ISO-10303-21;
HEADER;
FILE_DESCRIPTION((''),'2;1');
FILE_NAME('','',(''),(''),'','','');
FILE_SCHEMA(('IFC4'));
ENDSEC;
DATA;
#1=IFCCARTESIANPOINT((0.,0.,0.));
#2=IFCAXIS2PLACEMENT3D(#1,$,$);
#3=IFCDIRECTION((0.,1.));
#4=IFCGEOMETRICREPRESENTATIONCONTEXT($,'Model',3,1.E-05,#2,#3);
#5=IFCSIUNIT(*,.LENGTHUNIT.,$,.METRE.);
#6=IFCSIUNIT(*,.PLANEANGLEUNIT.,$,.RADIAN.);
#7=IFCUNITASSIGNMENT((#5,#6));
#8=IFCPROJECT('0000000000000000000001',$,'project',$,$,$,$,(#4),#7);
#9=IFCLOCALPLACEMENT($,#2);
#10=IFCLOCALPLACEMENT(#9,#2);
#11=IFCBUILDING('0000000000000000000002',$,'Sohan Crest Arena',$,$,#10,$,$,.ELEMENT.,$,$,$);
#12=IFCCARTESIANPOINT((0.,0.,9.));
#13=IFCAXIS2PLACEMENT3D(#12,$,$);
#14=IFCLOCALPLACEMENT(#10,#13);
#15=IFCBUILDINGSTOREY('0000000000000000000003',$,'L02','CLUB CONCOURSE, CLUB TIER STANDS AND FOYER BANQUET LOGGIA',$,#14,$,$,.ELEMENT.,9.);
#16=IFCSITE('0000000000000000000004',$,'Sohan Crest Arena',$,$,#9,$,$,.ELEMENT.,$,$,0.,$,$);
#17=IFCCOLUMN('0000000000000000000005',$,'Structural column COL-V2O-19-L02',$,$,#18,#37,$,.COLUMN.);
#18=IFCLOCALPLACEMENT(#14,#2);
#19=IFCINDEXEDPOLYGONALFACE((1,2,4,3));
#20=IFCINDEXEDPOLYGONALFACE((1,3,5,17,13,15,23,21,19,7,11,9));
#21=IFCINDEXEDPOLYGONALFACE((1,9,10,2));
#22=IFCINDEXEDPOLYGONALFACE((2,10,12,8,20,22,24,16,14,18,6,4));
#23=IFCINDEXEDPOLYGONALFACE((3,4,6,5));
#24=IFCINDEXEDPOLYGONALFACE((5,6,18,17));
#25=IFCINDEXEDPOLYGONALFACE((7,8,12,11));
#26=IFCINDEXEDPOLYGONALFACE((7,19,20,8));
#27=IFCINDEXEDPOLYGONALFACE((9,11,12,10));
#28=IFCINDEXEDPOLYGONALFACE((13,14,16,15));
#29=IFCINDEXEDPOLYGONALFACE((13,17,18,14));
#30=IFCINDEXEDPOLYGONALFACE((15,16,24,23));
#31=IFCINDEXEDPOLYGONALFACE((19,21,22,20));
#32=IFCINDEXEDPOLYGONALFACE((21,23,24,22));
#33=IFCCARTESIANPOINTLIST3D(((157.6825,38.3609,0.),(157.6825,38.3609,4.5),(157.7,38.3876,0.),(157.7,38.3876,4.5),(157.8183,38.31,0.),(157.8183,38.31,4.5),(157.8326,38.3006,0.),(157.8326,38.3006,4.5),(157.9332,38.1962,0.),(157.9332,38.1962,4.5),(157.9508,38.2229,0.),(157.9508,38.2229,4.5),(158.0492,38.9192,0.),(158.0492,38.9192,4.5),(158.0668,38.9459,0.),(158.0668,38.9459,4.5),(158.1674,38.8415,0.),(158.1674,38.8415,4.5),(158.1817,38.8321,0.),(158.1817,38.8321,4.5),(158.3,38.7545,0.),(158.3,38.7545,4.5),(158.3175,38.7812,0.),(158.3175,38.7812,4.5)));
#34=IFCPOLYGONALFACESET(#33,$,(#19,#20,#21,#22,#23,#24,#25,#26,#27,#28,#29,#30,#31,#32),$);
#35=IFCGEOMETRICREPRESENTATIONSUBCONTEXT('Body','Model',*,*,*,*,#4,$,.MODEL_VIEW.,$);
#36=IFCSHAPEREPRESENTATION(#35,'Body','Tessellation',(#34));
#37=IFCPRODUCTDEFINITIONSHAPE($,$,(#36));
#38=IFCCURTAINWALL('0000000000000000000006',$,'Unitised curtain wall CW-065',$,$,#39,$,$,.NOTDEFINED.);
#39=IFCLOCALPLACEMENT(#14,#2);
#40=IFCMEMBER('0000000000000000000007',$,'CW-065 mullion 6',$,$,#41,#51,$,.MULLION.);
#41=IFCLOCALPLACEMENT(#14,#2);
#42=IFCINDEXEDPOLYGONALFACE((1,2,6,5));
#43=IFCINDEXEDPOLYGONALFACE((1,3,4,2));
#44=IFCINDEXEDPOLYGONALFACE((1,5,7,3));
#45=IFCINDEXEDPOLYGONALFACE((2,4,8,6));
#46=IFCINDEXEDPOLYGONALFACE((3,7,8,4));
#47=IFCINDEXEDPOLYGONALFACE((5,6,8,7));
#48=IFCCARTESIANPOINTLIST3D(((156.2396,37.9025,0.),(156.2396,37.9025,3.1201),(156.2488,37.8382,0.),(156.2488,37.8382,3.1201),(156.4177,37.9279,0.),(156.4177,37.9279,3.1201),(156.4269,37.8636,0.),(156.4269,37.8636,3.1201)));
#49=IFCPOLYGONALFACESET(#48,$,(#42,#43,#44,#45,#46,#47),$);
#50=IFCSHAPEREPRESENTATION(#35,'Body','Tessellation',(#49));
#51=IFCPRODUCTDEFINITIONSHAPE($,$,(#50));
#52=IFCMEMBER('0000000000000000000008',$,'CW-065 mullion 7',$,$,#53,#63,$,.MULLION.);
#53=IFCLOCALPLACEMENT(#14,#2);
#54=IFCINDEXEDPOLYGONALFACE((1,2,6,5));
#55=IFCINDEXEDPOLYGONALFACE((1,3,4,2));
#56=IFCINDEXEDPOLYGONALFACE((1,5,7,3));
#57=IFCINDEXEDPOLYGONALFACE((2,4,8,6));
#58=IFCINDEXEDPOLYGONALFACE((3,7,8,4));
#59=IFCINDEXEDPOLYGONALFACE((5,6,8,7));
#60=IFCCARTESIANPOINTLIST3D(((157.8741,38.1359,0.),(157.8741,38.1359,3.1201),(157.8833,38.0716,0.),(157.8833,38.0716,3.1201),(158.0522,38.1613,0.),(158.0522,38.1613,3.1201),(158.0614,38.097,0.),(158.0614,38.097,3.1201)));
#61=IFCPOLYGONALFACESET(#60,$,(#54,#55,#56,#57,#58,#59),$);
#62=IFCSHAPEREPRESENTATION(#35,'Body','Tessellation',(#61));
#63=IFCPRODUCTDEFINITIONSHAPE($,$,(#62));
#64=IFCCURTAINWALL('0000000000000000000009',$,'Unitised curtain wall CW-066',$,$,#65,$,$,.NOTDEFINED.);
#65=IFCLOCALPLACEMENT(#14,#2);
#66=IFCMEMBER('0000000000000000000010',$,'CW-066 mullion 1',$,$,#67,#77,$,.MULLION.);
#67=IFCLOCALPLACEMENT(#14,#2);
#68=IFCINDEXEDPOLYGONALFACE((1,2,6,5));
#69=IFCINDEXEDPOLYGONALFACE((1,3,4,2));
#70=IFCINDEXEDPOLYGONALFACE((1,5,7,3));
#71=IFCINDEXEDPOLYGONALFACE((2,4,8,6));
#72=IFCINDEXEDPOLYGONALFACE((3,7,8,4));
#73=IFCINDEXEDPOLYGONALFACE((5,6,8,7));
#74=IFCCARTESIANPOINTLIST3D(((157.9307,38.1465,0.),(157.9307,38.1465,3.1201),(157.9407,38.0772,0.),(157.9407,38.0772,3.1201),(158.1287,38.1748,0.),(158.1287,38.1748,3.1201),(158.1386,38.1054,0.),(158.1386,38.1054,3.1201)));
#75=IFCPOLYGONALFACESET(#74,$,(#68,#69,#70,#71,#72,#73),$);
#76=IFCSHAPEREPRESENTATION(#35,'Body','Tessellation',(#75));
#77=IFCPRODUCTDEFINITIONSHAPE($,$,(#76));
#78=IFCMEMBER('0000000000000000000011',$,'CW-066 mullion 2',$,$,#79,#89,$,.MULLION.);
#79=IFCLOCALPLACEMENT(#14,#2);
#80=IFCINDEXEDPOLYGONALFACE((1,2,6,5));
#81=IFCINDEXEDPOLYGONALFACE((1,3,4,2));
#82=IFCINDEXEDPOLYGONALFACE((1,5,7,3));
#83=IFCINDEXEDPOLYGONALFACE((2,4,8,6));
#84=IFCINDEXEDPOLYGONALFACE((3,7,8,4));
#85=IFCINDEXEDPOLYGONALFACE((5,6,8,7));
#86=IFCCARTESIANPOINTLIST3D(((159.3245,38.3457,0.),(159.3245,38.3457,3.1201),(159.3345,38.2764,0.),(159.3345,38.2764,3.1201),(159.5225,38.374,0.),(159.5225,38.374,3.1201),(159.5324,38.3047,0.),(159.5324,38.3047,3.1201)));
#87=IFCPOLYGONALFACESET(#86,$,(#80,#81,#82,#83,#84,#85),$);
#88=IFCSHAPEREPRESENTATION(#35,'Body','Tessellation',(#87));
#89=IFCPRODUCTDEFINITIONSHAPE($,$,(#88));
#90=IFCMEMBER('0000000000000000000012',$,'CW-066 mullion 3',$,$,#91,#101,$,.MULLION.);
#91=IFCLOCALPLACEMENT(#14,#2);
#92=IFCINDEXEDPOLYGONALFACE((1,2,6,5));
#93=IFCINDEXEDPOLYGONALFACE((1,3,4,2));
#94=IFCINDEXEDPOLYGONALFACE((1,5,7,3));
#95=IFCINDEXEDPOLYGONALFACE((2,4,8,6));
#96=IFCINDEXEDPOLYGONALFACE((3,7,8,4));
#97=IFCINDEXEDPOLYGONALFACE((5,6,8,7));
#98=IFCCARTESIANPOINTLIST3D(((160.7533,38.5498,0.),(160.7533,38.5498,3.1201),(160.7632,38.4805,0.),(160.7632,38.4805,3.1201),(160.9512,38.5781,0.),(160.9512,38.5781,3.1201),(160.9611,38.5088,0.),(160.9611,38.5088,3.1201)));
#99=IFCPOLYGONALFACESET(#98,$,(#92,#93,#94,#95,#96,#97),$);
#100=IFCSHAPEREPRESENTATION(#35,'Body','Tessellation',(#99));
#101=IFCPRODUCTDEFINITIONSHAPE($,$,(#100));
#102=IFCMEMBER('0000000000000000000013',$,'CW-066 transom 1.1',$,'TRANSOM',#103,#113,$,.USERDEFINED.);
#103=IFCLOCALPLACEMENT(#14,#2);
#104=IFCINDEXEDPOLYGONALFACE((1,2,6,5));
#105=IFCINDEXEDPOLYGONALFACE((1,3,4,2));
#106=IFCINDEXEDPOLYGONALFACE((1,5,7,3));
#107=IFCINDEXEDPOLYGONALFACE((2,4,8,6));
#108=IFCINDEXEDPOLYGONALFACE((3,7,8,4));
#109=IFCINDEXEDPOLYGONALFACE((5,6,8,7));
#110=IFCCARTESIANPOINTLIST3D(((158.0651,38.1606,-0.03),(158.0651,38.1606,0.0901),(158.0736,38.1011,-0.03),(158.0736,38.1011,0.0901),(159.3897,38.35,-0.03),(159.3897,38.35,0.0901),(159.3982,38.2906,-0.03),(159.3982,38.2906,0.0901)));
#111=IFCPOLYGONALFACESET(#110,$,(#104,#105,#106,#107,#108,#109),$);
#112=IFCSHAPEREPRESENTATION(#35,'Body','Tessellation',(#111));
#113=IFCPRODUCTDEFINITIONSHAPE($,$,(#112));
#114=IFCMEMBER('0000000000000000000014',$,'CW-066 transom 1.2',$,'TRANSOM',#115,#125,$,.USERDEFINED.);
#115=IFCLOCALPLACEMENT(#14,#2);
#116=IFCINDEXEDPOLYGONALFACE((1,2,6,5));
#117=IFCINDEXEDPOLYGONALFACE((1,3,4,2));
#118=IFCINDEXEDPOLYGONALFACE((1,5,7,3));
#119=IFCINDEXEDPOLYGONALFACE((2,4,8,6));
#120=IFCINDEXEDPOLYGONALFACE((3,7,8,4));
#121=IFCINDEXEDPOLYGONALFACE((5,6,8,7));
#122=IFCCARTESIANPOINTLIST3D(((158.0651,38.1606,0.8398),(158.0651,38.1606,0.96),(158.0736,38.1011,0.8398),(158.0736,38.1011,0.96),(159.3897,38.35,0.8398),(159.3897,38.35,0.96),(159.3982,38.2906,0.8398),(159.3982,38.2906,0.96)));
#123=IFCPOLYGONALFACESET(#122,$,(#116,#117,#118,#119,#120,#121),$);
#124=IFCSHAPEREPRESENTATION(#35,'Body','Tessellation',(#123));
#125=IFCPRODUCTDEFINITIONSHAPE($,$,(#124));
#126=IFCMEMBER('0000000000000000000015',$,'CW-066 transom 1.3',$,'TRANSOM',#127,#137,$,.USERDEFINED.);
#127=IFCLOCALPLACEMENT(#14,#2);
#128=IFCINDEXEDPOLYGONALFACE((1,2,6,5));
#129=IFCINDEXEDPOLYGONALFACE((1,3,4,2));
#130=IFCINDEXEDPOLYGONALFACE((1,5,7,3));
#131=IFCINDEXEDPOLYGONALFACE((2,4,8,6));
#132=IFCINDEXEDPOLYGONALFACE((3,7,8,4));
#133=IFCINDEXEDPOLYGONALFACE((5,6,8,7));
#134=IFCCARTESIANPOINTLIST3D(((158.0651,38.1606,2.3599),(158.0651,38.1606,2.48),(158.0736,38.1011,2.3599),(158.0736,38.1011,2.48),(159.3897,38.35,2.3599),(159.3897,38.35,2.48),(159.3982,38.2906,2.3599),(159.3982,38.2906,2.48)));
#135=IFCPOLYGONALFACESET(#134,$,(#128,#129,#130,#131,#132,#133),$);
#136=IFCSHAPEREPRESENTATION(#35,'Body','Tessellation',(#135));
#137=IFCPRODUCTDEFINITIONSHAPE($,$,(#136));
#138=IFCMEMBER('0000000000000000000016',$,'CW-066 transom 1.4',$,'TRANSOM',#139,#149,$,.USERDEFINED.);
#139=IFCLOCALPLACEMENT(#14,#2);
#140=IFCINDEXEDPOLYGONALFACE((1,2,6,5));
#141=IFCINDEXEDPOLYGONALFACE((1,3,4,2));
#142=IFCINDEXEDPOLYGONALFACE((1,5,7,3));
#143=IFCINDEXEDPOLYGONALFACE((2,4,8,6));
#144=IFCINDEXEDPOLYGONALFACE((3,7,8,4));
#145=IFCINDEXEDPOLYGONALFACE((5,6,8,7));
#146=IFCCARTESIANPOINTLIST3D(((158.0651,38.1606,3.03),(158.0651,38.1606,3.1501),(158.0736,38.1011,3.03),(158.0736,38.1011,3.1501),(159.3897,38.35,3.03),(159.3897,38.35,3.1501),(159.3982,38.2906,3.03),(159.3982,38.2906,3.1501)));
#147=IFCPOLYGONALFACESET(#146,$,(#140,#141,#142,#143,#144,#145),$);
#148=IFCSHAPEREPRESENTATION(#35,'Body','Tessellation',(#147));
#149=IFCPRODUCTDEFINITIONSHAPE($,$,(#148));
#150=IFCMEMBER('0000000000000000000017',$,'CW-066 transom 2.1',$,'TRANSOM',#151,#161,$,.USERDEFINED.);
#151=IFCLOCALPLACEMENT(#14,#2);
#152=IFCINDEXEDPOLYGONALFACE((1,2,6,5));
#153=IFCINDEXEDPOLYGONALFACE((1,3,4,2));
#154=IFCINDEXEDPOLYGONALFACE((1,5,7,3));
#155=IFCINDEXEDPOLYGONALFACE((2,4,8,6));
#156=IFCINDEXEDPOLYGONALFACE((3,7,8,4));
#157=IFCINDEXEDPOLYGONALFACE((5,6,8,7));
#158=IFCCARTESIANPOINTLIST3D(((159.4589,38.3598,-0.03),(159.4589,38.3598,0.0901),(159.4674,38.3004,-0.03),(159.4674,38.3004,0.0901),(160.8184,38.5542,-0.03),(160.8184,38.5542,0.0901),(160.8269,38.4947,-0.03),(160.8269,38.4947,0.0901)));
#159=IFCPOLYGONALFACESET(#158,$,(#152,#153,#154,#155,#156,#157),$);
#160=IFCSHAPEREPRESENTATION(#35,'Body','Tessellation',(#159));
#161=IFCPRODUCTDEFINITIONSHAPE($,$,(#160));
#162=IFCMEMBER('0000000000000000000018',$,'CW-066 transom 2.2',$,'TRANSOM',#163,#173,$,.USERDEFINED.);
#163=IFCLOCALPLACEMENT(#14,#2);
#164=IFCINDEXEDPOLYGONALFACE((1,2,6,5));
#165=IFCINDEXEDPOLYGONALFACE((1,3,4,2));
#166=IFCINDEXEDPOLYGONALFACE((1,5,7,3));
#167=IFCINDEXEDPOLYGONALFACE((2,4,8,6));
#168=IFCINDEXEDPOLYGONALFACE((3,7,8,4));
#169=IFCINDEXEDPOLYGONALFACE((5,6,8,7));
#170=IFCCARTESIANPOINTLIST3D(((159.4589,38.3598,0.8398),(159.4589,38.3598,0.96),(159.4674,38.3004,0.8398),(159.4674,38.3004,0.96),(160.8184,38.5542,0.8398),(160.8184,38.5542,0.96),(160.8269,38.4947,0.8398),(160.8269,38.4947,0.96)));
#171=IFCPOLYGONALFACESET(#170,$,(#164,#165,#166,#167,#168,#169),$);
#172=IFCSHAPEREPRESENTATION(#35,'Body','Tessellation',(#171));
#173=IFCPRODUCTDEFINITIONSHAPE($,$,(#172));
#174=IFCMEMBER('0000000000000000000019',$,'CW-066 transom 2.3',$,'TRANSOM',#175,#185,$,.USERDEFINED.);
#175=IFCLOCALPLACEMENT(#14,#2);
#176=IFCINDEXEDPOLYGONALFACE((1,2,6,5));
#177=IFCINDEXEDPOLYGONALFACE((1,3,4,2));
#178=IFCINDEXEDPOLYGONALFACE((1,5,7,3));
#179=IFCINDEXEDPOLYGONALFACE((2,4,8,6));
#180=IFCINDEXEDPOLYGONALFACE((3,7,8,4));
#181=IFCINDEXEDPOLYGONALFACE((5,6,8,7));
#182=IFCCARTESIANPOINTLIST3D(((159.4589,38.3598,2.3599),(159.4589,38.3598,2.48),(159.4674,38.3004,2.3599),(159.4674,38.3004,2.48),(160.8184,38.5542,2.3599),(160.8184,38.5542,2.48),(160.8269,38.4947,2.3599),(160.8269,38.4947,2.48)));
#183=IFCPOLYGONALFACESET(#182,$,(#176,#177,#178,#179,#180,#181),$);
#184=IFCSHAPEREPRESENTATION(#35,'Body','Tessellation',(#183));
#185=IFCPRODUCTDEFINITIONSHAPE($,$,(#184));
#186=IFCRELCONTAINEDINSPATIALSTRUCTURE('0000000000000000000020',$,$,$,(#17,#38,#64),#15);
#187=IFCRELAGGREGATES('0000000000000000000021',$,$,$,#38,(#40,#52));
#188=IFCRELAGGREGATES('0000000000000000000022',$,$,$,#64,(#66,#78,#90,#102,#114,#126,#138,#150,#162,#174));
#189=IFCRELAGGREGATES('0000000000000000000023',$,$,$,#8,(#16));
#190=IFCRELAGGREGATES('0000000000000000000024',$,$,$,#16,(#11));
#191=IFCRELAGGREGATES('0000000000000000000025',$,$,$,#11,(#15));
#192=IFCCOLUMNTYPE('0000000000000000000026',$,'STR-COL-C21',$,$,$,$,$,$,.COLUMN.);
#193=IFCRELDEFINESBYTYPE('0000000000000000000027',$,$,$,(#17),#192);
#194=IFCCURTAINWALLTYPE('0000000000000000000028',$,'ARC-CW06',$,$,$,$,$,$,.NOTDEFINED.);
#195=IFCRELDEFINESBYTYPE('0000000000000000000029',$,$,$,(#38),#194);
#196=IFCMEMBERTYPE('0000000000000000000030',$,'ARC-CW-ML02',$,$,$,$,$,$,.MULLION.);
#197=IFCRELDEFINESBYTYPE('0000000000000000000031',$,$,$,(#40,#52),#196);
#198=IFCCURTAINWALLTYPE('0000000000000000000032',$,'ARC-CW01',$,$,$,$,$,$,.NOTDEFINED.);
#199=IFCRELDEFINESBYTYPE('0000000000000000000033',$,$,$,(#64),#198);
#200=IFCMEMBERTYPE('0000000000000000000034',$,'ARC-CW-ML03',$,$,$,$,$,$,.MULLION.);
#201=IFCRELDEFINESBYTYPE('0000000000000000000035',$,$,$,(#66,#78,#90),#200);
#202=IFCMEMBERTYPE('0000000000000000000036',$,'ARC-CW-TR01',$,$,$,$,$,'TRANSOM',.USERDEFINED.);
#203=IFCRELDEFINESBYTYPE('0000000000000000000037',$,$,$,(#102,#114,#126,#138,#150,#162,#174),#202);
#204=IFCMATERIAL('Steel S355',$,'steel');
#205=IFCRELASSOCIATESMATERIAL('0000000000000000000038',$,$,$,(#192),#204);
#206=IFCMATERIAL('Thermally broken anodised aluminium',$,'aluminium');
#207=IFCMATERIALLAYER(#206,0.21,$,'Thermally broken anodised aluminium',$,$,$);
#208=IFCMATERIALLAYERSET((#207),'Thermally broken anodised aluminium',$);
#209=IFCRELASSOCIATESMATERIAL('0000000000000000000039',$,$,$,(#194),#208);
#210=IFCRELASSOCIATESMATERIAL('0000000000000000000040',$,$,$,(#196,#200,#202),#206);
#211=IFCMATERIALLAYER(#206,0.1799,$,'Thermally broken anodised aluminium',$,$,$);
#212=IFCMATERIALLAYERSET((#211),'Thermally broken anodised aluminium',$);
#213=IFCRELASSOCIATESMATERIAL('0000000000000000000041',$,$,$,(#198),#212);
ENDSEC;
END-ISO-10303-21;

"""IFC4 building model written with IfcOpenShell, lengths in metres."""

from ifc_helpers import new_model, si_unit, direction, frame, origin, origin_2d, place, context, subcontext, project, spatial, rectangle, i_section, extrude, material, layer, layer_set, material_profile, profile_set, type_object, element, aggregate, save


model = new_model("IFC4")

# Units and contexts
model_context = context("Model", 3, precision=1e-05, world=origin(), true_north=direction((0.0, 1.0)))
body_context = subcontext(model_context, "Body", "Model", "MODEL_VIEW")
ifc_project = project(units=[si_unit("LENGTHUNIT", "METRE"), si_unit("PLANEANGLEUNIT", "RADIAN")], contexts=[model_context])

# Site, building, storey
site_placement = place(None, origin())
site = spatial("IfcSite", under=ifc_project, at=site_placement, Name="Sohan Crest Arena", CompositionType="ELEMENT", RefElevation=0.0)
building_placement = place(site_placement, origin())
building = spatial("IfcBuilding", under=site, at=building_placement, Name="Sohan Crest Arena", CompositionType="ELEMENT")
storey_placement = place(building_placement, frame((0.0, 0.0, 9.0)))
storey = spatial("IfcBuildingStorey", under=building, at=storey_placement, Name="L02", Description="CLUB CONCOURSE, CLUB TIER STANDS AND FOYER BANQUET LOGGIA", CompositionType="ELEMENT", Elevation=9.0)

# Column
ifc_material_1 = material(Name="Steel S355", Category="steel")
ifc_material_profile_1 = material_profile(ifc_material_1, i_section(OverallWidth=0.3, OverallDepth=0.7, WebThickness=0.0171, FlangeThickness=0.032, at=origin_2d()), Name="HEB 700")
ifc_profile_set_1 = profile_set([ifc_material_profile_1], Name="Steel S355")
column_type = type_object("IfcColumnType", Name="STR-COL-C21", PredefinedType="COLUMN", material=ifc_profile_set_1)
column_placement = place(storey_placement, frame((158.0, 38.571, 0.0), z_axis=(0.0, 0.0, 1.0), x_axis=(-0.835807, 0.549023, 0.0)))
element("IfcColumn", 1, at=column_placement, inside=storey, type_object=column_type, Name="Structural column COL-V2O-19-L02", PredefinedType="COLUMN", context=body_context, shape_type="SweptSolid", body=[
    extrude(i_section(OverallWidth=0.3, OverallDepth=0.7, WebThickness=0.0171, FlangeThickness=0.032, at=origin_2d()), origin(), (0.0, 0.0, 1.0), 4.5),
])

# Curtain walls, members
ifc_material_2 = material(Name="Thermally broken anodised aluminium", Category="aluminium")
ifc_layer_1 = layer(ifc_material_2, 0.21, Name="Thermally broken anodised aluminium")
ifc_layer_set_1 = layer_set([ifc_layer_1], Name="Thermally broken anodised aluminium")
curtain_wall_type_1 = type_object("IfcCurtainWallType", Name="ARC-CW06", PredefinedType="NOTDEFINED", material=ifc_layer_set_1)
curtain_wall_1_placement = place(storey_placement, origin())
curtain_wall_1 = element("IfcCurtainWall", 2, at=curtain_wall_1_placement, inside=storey, type_object=curtain_wall_type_1, Name="Unitised curtain wall CW-065", PredefinedType="NOTDEFINED")
ifc_material_profile_2 = material_profile(ifc_material_2, rectangle(XDim=0.0649, YDim=0.1799, at=origin_2d()), Name="ALU-MULL 65x180")
ifc_profile_set_2 = profile_set([ifc_material_profile_2], Name="Thermally broken anodised aluminium")
member_type_1 = type_object("IfcMemberType", Name="ARC-CW-ML02", PredefinedType="MULLION", material=ifc_profile_set_2)
member_1_placement = place(storey_placement, frame((156.3333, 37.8831, 0.0), z_axis=(0.0, 0.0, 1.0), x_axis=(-0.141366, 0.989957, 0.0)))
member_1 = element("IfcMember", 3, at=member_1_placement, type_object=member_type_1, Name="CW-065 mullion 6", PredefinedType="MULLION", context=body_context, shape_type="SweptSolid", body=[
    extrude(rectangle(XDim=0.0649, YDim=0.1799, at=origin_2d()), origin(), (0.0, 0.0, 1.0), 3.1201),
])
member_2_placement = place(storey_placement, frame((157.9678, 38.1165, 0.0), z_axis=(0.0, 0.0, 1.0), x_axis=(-0.141366, 0.989957, 0.0)))
member_2 = element("IfcMember", 4, at=member_2_placement, type_object=member_type_1, Name="CW-065 mullion 7", PredefinedType="MULLION", context=body_context, shape_type="SweptSolid", body=[
    extrude(rectangle(XDim=0.0649, YDim=0.1799, at=origin_2d()), origin(), (0.0, 0.0, 1.0), 3.1201),
])
ifc_layer_2 = layer(ifc_material_2, 0.1799, Name="Thermally broken anodised aluminium")
ifc_layer_set_2 = layer_set([ifc_layer_2], Name="Thermally broken anodised aluminium")
curtain_wall_type_2 = type_object("IfcCurtainWallType", Name="ARC-CW01", PredefinedType="NOTDEFINED", material=ifc_layer_set_2)
curtain_wall_2_placement = place(storey_placement, origin())
curtain_wall_2 = element("IfcCurtainWall", 5, at=curtain_wall_2_placement, inside=storey, type_object=curtain_wall_type_2, Name="Unitised curtain wall CW-066", PredefinedType="NOTDEFINED")
ifc_material_profile_3 = material_profile(ifc_material_2, rectangle(XDim=0.0701, YDim=0.2, at=origin_2d()), Name="ALU-MULL 70x200")
ifc_profile_set_3 = profile_set([ifc_material_profile_3], Name="Thermally broken anodised aluminium")
member_type_2 = type_object("IfcMemberType", Name="ARC-CW-ML03", PredefinedType="MULLION", material=ifc_profile_set_3)
member_3_placement = place(storey_placement, frame((158.0347, 38.126, 0.0), z_axis=(0.0, 0.0, 1.0), x_axis=(-0.141463, 0.989944, 0.0)))
member_3 = element("IfcMember", 6, at=member_3_placement, type_object=member_type_2, Name="CW-066 mullion 1", PredefinedType="MULLION", context=body_context, shape_type="SweptSolid", body=[
    extrude(rectangle(XDim=0.0701, YDim=0.2, at=origin_2d()), origin(), (0.0, 0.0, 1.0), 3.1201),
])
member_4_placement = place(storey_placement, frame((159.4285, 38.3252, 0.0), z_axis=(0.0, 0.0, 1.0), x_axis=(-0.141463, 0.989944, 0.0)))
member_4 = element("IfcMember", 7, at=member_4_placement, type_object=member_type_2, Name="CW-066 mullion 2", PredefinedType="MULLION", context=body_context, shape_type="SweptSolid", body=[
    extrude(rectangle(XDim=0.0701, YDim=0.2, at=origin_2d()), origin(), (0.0, 0.0, 1.0), 3.1201),
])
member_5_placement = place(storey_placement, frame((160.8572, 38.5293, 0.0), z_axis=(0.0, 0.0, 1.0), x_axis=(-0.141463, 0.989944, 0.0)))
member_5 = element("IfcMember", 8, at=member_5_placement, type_object=member_type_2, Name="CW-066 mullion 3", PredefinedType="MULLION", context=body_context, shape_type="SweptSolid", body=[
    extrude(rectangle(XDim=0.0701, YDim=0.2, at=origin_2d()), origin(), (0.0, 0.0, 1.0), 3.1201),
])
ifc_material_profile_4 = material_profile(ifc_material_2, rectangle(XDim=0.0601, YDim=0.1201, at=origin_2d()), Name="ALU-TRAN 60x120")
ifc_profile_set_4 = profile_set([ifc_material_profile_4], Name="Thermally broken anodised aluminium")
member_type_3 = type_object("IfcMemberType", Name="ARC-CW-TR01", ElementType="TRANSOM", PredefinedType="USERDEFINED", material=ifc_profile_set_4)
member_6_placement = place(storey_placement, frame((158.0693, 38.1309, 0.03), z_axis=(0.989928, 0.141575, 0.0), x_axis=(-0.141575, 0.989928, 0.0)))
member_6 = element("IfcMember", 9, at=member_6_placement, type_object=member_type_3, Name="CW-066 transom 1.1", ObjectType="TRANSOM", PredefinedType="USERDEFINED", context=body_context, shape_type="SweptSolid", body=[
    extrude(rectangle(XDim=0.0601, YDim=0.1201, at=origin_2d()), origin(), (0.0, 0.0, 1.0), 1.3381),
])
member_7_placement = place(storey_placement, frame((158.0693, 38.1309, 0.8999), z_axis=(0.989928, 0.141575, 0.0), x_axis=(-0.141575, 0.989928, 0.0)))
member_7 = element("IfcMember", 10, at=member_7_placement, type_object=member_type_3, Name="CW-066 transom 1.2", ObjectType="TRANSOM", PredefinedType="USERDEFINED", context=body_context, shape_type="SweptSolid", body=[
    extrude(rectangle(XDim=0.0601, YDim=0.1201, at=origin_2d()), origin(), (0.0, 0.0, 1.0), 1.3381),
])
member_8_placement = place(storey_placement, frame((158.0693, 38.1309, 2.4199), z_axis=(0.989928, 0.141575, 0.0), x_axis=(-0.141575, 0.989928, 0.0)))
member_8 = element("IfcMember", 11, at=member_8_placement, type_object=member_type_3, Name="CW-066 transom 1.3", ObjectType="TRANSOM", PredefinedType="USERDEFINED", context=body_context, shape_type="SweptSolid", body=[
    extrude(rectangle(XDim=0.0601, YDim=0.1201, at=origin_2d()), origin(), (0.0, 0.0, 1.0), 1.3381),
])
member_9_placement = place(storey_placement, frame((158.0693, 38.1309, 3.0901), z_axis=(0.989928, 0.141575, 0.0), x_axis=(-0.141575, 0.989928, 0.0)))
member_9 = element("IfcMember", 12, at=member_9_placement, type_object=member_type_3, Name="CW-066 transom 1.4", ObjectType="TRANSOM", PredefinedType="USERDEFINED", context=body_context, shape_type="SweptSolid", body=[
    extrude(rectangle(XDim=0.0601, YDim=0.1201, at=origin_2d()), origin(), (0.0, 0.0, 1.0), 1.3381),
])
member_10_placement = place(storey_placement, frame((159.4631, 38.3301, 0.03), z_axis=(0.989935, 0.141521, 0.0), x_axis=(-0.141521, 0.989935, 0.0)))
member_10 = element("IfcMember", 13, at=member_10_placement, type_object=member_type_3, Name="CW-066 transom 2.1", ObjectType="TRANSOM", PredefinedType="USERDEFINED", context=body_context, shape_type="SweptSolid", body=[
    extrude(rectangle(XDim=0.0601, YDim=0.1201, at=origin_2d()), origin(), (0.0, 0.0, 1.0), 1.3733),
])
member_11_placement = place(storey_placement, frame((159.4631, 38.3301, 0.8999), z_axis=(0.989935, 0.141521, 0.0), x_axis=(-0.141521, 0.989935, 0.0)))
member_11 = element("IfcMember", 14, at=member_11_placement, type_object=member_type_3, Name="CW-066 transom 2.2", ObjectType="TRANSOM", PredefinedType="USERDEFINED", context=body_context, shape_type="SweptSolid", body=[
    extrude(rectangle(XDim=0.0601, YDim=0.1201, at=origin_2d()), origin(), (0.0, 0.0, 1.0), 1.3733),
])
member_12_placement = place(storey_placement, frame((159.4631, 38.3301, 2.4199), z_axis=(0.989935, 0.141521, 0.0), x_axis=(-0.141521, 0.989935, 0.0)))
member_12 = element("IfcMember", 15, at=member_12_placement, type_object=member_type_3, Name="CW-066 transom 2.3", ObjectType="TRANSOM", PredefinedType="USERDEFINED", context=body_context, shape_type="SweptSolid", body=[
    extrude(rectangle(XDim=0.0601, YDim=0.1201, at=origin_2d()), origin(), (0.0, 0.0, 1.0), 1.3733),
])

aggregate(curtain_wall_1, [member_1, member_2])
aggregate(curtain_wall_2, [member_3, member_4, member_5, member_6, member_7, member_8, member_9, member_10, member_11, member_12])

save(model, "model.ifc")
